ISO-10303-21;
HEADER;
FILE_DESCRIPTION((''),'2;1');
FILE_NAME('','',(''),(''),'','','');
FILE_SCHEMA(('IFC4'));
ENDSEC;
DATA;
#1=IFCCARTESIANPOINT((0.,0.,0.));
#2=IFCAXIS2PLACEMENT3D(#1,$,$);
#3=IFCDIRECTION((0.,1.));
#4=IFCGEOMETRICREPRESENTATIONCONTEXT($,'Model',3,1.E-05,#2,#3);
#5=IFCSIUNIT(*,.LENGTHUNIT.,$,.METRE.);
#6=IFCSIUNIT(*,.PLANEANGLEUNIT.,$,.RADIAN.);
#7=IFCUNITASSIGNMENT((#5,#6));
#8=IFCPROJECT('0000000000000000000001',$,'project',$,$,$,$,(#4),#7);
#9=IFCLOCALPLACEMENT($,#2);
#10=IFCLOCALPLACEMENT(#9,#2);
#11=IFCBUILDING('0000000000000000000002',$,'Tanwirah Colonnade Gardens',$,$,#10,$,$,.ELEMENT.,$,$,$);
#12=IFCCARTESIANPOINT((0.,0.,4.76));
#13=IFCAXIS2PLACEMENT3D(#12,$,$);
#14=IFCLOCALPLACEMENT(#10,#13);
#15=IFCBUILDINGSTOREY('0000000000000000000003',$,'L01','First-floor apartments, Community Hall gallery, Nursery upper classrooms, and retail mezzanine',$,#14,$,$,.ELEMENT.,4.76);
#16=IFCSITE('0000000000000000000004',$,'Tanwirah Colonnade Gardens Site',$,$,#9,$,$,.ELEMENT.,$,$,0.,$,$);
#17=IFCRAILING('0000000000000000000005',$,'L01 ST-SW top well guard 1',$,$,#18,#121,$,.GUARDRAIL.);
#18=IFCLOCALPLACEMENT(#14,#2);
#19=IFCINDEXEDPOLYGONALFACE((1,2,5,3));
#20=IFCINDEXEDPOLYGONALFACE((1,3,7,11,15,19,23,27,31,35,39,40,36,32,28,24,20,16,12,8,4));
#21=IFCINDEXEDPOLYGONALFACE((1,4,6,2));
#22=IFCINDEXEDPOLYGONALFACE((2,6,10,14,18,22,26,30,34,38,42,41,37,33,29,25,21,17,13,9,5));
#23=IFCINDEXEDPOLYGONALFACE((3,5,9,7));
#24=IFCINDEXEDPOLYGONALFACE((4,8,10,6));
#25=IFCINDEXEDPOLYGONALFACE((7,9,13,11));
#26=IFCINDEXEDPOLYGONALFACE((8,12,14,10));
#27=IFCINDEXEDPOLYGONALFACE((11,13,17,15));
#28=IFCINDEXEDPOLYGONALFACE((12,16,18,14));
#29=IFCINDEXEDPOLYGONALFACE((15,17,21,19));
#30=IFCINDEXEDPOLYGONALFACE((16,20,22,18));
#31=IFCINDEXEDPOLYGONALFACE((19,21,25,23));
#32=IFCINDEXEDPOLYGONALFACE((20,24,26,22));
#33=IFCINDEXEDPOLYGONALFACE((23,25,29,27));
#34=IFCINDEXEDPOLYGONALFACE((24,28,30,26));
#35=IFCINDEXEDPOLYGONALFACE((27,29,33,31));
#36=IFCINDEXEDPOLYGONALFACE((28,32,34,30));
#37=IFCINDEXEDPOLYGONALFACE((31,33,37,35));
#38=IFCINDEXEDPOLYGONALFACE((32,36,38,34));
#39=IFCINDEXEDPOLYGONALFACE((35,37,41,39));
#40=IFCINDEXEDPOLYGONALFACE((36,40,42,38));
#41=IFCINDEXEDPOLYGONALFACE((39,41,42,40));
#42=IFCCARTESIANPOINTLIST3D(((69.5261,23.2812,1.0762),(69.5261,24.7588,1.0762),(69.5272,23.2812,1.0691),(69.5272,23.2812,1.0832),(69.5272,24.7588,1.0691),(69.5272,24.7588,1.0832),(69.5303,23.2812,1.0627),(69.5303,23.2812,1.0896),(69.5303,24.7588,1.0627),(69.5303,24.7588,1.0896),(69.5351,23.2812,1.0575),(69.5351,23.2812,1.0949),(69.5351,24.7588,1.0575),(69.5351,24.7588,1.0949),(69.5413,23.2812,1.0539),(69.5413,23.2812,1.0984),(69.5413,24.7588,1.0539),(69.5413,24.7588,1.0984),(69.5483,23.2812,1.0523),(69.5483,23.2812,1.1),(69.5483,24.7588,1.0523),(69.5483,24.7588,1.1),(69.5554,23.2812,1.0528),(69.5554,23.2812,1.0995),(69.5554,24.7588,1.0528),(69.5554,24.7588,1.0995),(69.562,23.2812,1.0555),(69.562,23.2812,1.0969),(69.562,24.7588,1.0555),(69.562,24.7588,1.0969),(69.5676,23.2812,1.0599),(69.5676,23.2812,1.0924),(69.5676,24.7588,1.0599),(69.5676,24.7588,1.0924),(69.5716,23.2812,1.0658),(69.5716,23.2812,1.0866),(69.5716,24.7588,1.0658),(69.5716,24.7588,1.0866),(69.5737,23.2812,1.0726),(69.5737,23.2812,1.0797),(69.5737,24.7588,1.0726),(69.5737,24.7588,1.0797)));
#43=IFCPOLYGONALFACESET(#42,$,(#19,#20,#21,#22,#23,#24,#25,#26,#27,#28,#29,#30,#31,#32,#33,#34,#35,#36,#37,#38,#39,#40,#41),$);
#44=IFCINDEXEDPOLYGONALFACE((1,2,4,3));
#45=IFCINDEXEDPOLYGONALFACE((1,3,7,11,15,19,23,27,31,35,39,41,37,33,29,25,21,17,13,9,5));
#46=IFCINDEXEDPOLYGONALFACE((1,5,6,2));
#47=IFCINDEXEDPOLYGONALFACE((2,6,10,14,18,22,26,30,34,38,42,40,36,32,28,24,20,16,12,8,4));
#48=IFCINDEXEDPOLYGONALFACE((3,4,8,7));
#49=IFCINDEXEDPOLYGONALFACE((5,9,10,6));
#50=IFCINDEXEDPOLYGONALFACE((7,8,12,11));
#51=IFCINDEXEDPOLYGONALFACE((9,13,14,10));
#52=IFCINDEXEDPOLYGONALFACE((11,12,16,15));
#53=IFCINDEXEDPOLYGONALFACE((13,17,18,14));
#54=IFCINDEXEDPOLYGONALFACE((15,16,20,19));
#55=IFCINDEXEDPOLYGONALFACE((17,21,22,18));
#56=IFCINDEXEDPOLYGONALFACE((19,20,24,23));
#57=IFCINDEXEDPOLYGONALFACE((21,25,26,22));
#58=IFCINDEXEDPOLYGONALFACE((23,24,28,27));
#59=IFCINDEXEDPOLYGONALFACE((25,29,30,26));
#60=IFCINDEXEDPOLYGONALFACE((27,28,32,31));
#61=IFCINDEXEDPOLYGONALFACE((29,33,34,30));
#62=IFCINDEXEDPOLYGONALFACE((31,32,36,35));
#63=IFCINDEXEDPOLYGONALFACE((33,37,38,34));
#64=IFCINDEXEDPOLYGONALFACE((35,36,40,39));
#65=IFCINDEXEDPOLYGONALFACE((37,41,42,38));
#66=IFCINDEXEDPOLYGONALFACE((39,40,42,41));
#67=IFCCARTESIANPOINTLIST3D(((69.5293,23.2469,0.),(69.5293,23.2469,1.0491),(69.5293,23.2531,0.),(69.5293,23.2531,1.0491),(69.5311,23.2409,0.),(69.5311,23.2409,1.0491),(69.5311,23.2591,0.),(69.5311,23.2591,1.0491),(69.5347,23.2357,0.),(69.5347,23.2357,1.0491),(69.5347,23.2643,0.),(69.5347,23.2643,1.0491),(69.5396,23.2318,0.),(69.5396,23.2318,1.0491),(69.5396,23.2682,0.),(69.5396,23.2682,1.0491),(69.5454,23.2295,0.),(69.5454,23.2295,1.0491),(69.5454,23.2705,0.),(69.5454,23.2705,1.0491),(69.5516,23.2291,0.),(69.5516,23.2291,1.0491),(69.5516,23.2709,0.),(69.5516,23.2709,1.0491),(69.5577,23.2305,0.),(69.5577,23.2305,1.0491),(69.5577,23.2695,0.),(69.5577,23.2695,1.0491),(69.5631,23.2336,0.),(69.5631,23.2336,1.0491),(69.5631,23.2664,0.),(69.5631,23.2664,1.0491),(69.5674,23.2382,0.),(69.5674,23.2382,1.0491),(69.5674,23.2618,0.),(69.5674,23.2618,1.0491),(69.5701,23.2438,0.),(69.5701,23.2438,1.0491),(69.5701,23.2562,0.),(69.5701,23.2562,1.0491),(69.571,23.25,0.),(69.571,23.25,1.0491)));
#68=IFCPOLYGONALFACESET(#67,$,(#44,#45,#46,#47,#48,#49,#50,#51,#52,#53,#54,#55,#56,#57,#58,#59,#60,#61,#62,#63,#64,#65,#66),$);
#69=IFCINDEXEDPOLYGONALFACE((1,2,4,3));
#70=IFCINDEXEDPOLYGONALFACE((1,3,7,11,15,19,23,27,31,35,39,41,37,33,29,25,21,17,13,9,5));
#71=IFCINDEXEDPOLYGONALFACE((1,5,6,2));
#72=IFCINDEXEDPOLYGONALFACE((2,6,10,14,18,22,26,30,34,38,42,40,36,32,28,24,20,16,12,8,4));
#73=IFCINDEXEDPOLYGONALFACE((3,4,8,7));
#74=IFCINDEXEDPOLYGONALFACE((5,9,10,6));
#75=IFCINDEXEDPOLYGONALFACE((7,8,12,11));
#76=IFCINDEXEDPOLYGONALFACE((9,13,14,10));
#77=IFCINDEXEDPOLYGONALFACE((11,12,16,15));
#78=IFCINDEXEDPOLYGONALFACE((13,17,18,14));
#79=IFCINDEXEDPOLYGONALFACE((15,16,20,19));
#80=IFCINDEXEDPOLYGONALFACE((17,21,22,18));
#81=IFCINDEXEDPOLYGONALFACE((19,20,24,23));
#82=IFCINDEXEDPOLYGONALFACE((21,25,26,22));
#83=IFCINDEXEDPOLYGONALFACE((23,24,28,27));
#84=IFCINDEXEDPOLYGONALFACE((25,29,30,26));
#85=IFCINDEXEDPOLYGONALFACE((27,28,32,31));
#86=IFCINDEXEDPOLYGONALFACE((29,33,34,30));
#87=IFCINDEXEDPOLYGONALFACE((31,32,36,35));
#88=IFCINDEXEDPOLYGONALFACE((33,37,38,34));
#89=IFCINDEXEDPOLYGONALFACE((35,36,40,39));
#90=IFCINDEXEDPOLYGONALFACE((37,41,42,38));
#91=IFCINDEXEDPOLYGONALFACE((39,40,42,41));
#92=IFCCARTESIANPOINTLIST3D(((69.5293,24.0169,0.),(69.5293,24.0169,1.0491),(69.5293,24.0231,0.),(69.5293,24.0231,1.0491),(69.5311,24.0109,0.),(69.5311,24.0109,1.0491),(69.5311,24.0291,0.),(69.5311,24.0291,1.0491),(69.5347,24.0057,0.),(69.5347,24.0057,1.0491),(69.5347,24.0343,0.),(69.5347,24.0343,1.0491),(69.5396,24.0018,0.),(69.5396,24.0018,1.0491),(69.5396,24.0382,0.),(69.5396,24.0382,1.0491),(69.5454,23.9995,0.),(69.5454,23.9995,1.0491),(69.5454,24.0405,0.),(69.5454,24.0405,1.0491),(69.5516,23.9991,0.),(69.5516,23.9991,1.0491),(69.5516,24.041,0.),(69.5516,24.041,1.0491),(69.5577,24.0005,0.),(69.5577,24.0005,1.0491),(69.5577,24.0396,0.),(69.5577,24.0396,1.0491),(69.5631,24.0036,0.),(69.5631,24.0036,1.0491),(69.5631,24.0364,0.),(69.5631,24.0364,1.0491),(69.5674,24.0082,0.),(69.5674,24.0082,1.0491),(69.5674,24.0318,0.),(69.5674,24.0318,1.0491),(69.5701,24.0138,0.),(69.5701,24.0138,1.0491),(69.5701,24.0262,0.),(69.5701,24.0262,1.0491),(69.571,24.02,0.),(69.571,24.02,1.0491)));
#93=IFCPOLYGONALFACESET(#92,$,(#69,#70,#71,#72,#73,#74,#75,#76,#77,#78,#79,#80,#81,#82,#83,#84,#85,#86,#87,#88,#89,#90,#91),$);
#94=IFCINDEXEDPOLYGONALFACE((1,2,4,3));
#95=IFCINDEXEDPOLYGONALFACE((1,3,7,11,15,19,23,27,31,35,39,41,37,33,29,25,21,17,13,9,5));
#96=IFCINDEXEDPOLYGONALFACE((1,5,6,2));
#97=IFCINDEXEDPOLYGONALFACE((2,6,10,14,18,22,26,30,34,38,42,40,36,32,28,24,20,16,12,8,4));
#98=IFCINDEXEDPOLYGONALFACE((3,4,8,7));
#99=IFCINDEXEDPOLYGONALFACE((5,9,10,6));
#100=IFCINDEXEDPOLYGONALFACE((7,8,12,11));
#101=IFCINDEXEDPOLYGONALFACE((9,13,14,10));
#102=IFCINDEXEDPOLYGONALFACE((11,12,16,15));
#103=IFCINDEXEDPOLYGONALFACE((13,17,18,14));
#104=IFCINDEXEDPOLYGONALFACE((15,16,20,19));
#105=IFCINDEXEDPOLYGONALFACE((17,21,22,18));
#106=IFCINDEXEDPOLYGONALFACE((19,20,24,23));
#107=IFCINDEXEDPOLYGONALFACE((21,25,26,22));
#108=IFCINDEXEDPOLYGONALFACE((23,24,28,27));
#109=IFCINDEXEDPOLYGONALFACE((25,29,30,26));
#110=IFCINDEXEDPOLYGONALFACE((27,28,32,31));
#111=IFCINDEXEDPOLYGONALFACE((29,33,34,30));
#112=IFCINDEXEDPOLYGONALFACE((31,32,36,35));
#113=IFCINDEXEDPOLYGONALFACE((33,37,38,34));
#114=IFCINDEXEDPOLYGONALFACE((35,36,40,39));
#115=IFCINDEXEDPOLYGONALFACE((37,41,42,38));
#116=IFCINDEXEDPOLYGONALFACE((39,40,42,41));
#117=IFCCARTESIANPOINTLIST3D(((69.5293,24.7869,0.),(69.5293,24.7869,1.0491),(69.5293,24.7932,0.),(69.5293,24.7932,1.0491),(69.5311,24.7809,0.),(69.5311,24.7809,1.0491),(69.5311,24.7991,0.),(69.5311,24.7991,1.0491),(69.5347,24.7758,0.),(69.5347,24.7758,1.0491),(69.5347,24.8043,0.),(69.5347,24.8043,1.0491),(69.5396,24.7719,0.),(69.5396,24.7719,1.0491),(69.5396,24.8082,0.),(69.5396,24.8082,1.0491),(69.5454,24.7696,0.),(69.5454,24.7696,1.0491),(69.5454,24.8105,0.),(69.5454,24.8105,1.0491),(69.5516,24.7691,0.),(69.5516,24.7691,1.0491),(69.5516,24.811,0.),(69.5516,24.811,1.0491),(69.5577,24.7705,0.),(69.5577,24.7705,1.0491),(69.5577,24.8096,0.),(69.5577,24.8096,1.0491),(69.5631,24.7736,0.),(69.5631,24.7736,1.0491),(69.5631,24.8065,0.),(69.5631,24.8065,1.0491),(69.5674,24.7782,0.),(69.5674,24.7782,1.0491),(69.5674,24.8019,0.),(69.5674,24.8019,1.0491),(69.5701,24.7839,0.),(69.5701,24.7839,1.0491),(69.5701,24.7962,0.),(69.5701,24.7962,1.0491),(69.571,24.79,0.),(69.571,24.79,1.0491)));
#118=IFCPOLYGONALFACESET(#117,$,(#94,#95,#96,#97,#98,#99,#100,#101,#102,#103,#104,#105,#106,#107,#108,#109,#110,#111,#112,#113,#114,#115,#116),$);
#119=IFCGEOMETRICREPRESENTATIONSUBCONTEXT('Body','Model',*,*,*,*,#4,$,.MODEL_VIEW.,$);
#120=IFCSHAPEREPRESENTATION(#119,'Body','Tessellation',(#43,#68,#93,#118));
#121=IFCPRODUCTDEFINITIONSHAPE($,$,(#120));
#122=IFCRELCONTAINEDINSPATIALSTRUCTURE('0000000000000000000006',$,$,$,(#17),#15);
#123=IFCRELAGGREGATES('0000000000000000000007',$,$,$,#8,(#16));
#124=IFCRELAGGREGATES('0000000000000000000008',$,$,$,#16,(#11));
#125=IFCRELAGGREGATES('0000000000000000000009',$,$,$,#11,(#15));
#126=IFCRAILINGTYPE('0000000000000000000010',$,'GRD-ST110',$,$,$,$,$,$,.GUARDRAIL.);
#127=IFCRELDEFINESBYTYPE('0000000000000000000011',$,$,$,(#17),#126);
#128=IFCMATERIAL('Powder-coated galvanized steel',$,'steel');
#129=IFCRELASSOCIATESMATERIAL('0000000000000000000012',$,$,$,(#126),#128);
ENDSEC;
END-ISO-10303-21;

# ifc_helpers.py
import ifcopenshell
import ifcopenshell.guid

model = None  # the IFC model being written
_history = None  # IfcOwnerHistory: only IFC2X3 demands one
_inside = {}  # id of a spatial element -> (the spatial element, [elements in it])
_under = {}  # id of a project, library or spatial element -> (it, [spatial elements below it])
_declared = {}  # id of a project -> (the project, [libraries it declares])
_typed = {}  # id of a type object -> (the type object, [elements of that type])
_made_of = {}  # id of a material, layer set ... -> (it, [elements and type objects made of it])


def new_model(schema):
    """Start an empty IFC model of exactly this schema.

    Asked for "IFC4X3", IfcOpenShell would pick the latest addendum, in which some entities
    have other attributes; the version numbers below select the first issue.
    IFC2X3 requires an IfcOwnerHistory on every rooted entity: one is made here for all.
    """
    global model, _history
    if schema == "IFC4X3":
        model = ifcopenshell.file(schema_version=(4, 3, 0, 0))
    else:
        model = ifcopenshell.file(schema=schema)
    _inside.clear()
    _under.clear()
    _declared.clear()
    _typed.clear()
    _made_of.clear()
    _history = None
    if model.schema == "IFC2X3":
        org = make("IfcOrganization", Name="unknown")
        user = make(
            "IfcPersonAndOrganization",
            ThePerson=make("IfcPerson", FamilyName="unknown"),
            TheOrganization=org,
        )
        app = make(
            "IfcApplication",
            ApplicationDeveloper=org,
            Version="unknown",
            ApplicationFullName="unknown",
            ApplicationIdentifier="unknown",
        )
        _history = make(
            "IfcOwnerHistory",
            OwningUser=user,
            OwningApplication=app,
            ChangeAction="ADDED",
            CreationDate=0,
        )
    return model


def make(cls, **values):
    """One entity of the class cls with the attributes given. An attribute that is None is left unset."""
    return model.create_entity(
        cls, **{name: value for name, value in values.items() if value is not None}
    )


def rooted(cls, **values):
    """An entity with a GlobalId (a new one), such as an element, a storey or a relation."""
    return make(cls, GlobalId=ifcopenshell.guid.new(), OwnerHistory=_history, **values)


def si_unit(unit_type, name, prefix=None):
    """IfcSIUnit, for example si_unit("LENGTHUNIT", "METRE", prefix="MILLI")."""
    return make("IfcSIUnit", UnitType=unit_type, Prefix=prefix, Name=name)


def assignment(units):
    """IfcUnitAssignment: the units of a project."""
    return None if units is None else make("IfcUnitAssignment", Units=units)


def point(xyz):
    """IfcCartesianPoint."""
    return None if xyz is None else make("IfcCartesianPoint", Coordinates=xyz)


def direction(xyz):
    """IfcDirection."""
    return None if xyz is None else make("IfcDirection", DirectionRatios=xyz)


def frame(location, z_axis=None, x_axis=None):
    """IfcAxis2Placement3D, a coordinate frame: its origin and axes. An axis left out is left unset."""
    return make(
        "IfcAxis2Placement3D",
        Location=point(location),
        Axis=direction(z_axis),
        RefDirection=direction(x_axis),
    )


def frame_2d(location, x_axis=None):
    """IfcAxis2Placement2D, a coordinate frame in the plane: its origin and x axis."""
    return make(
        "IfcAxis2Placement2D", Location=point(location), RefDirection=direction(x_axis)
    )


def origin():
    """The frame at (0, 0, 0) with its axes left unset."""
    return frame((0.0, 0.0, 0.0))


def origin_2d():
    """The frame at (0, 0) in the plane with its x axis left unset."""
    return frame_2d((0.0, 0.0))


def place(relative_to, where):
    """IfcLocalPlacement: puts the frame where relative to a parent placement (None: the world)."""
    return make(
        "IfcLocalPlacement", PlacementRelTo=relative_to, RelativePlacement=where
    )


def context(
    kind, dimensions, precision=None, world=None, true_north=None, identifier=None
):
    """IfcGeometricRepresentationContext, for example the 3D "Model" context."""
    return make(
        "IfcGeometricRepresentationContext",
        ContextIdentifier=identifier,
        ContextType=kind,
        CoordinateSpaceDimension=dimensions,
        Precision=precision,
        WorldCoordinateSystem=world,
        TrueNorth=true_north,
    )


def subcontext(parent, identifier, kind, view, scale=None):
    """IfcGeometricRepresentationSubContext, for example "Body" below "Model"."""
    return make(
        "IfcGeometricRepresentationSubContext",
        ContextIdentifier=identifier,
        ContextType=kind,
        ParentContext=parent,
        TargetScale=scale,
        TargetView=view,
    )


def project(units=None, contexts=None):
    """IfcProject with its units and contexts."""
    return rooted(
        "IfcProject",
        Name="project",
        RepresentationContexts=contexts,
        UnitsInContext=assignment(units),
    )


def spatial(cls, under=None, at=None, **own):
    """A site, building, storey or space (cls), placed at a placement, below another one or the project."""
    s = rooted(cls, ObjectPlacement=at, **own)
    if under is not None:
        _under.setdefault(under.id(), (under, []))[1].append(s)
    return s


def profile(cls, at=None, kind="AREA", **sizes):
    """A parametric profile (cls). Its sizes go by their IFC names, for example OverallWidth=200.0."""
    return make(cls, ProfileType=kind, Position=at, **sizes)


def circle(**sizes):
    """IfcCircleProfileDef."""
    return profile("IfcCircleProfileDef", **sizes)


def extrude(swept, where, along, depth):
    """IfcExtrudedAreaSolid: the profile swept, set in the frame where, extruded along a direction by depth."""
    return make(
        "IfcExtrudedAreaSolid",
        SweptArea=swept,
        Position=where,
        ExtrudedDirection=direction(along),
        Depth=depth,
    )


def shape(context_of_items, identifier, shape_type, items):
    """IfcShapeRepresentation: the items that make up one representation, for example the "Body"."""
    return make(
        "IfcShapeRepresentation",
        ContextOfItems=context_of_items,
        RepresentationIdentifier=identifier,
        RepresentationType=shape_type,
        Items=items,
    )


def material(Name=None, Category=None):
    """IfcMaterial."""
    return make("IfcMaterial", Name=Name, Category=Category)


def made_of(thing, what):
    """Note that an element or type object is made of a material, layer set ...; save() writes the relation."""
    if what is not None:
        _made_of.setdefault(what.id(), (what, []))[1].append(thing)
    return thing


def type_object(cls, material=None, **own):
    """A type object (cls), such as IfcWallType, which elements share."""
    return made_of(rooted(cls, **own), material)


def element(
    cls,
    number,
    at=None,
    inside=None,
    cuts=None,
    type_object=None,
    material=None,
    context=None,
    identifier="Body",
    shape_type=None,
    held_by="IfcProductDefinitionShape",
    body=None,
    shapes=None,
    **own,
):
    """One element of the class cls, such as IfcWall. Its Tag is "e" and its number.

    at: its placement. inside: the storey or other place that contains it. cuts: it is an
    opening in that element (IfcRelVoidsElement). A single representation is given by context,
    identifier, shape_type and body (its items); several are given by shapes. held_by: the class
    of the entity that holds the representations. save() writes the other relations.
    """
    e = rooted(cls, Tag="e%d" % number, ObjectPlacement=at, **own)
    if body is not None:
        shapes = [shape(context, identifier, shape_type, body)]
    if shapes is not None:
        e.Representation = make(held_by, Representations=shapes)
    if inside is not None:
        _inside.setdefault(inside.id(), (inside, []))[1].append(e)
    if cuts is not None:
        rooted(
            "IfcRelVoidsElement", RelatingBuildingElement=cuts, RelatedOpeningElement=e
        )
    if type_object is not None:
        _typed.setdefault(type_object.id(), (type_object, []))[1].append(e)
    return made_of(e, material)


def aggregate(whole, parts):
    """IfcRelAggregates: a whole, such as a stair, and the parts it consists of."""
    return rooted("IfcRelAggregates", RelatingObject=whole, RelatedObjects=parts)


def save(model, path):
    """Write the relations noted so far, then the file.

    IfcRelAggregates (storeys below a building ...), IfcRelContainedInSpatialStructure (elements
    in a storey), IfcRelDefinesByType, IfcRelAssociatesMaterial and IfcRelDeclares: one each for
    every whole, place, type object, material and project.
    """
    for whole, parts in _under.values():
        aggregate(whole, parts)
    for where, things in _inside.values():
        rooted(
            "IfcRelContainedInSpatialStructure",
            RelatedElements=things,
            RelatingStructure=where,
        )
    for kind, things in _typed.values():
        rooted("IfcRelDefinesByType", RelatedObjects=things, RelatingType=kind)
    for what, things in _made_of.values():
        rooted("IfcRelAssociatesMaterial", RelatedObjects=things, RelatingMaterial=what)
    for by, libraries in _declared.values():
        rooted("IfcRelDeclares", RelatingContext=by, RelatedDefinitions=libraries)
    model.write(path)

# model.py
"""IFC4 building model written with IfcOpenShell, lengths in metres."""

from ifc_helpers import new_model, si_unit, direction, frame, origin, origin_2d, place, context, subcontext, project, spatial, circle, extrude, material, type_object, element, save


model = new_model("IFC4")

# Units and contexts
model_context = context("Model", 3, precision=1e-05, world=origin(), true_north=direction((0.0, 1.0)))
body_context = subcontext(model_context, "Body", "Model", "MODEL_VIEW")
ifc_project = project(units=[si_unit("LENGTHUNIT", "METRE"), si_unit("PLANEANGLEUNIT", "RADIAN")], contexts=[model_context])

# Site, building, storey
site_placement = place(None, origin())
site = spatial("IfcSite", under=ifc_project, at=site_placement, Name="Tanwirah Colonnade Gardens Site", CompositionType="ELEMENT", RefElevation=0.0)
building_placement = place(site_placement, origin())
building = spatial("IfcBuilding", under=site, at=building_placement, Name="Tanwirah Colonnade Gardens", CompositionType="ELEMENT")
storey_placement = place(building_placement, frame((0.0, 0.0, 4.76)))
storey = spatial("IfcBuildingStorey", under=building, at=storey_placement, Name="L01", Description="First-floor apartments, Community Hall gallery, Nursery upper classrooms, and retail mezzanine", CompositionType="ELEMENT", Elevation=4.76)

# Railing
ifc_material_1 = material(Name="Powder-coated galvanized steel", Category="steel")
railing_type = type_object("IfcRailingType", Name="GRD-ST110", PredefinedType="GUARDRAIL", material=ifc_material_1)
railing_placement = place(storey_placement, frame((69.55, 23.25, 0.0)))
element("IfcRailing", 1, at=railing_placement, inside=storey, type_object=railing_type, Name="L01 ST-SW top well guard 1", PredefinedType="GUARDRAIL", context=body_context, shape_type="SweptSolid", body=[
    extrude(circle(Radius=0.0239, at=origin_2d()), frame((0.0, 0.0312, 1.0762), z_axis=(0.0, 1.0, 0.0), x_axis=(-1.0, 0.0, 0.0)), (0.0, 0.0, 1.0), 1.4775),
    extrude(circle(Radius=0.021, at=origin_2d()), origin(), (0.0, 0.0, 1.0), 1.0491),
    extrude(circle(Radius=0.021, at=origin_2d()), frame((0.0, 0.77, 0.0)), (0.0, 0.0, 1.0), 1.0491),
    extrude(circle(Radius=0.021, at=origin_2d()), frame((0.0, 1.54, 0.0)), (0.0, 0.0, 1.0), 1.0491),
])

save(model, "model.ifc")
